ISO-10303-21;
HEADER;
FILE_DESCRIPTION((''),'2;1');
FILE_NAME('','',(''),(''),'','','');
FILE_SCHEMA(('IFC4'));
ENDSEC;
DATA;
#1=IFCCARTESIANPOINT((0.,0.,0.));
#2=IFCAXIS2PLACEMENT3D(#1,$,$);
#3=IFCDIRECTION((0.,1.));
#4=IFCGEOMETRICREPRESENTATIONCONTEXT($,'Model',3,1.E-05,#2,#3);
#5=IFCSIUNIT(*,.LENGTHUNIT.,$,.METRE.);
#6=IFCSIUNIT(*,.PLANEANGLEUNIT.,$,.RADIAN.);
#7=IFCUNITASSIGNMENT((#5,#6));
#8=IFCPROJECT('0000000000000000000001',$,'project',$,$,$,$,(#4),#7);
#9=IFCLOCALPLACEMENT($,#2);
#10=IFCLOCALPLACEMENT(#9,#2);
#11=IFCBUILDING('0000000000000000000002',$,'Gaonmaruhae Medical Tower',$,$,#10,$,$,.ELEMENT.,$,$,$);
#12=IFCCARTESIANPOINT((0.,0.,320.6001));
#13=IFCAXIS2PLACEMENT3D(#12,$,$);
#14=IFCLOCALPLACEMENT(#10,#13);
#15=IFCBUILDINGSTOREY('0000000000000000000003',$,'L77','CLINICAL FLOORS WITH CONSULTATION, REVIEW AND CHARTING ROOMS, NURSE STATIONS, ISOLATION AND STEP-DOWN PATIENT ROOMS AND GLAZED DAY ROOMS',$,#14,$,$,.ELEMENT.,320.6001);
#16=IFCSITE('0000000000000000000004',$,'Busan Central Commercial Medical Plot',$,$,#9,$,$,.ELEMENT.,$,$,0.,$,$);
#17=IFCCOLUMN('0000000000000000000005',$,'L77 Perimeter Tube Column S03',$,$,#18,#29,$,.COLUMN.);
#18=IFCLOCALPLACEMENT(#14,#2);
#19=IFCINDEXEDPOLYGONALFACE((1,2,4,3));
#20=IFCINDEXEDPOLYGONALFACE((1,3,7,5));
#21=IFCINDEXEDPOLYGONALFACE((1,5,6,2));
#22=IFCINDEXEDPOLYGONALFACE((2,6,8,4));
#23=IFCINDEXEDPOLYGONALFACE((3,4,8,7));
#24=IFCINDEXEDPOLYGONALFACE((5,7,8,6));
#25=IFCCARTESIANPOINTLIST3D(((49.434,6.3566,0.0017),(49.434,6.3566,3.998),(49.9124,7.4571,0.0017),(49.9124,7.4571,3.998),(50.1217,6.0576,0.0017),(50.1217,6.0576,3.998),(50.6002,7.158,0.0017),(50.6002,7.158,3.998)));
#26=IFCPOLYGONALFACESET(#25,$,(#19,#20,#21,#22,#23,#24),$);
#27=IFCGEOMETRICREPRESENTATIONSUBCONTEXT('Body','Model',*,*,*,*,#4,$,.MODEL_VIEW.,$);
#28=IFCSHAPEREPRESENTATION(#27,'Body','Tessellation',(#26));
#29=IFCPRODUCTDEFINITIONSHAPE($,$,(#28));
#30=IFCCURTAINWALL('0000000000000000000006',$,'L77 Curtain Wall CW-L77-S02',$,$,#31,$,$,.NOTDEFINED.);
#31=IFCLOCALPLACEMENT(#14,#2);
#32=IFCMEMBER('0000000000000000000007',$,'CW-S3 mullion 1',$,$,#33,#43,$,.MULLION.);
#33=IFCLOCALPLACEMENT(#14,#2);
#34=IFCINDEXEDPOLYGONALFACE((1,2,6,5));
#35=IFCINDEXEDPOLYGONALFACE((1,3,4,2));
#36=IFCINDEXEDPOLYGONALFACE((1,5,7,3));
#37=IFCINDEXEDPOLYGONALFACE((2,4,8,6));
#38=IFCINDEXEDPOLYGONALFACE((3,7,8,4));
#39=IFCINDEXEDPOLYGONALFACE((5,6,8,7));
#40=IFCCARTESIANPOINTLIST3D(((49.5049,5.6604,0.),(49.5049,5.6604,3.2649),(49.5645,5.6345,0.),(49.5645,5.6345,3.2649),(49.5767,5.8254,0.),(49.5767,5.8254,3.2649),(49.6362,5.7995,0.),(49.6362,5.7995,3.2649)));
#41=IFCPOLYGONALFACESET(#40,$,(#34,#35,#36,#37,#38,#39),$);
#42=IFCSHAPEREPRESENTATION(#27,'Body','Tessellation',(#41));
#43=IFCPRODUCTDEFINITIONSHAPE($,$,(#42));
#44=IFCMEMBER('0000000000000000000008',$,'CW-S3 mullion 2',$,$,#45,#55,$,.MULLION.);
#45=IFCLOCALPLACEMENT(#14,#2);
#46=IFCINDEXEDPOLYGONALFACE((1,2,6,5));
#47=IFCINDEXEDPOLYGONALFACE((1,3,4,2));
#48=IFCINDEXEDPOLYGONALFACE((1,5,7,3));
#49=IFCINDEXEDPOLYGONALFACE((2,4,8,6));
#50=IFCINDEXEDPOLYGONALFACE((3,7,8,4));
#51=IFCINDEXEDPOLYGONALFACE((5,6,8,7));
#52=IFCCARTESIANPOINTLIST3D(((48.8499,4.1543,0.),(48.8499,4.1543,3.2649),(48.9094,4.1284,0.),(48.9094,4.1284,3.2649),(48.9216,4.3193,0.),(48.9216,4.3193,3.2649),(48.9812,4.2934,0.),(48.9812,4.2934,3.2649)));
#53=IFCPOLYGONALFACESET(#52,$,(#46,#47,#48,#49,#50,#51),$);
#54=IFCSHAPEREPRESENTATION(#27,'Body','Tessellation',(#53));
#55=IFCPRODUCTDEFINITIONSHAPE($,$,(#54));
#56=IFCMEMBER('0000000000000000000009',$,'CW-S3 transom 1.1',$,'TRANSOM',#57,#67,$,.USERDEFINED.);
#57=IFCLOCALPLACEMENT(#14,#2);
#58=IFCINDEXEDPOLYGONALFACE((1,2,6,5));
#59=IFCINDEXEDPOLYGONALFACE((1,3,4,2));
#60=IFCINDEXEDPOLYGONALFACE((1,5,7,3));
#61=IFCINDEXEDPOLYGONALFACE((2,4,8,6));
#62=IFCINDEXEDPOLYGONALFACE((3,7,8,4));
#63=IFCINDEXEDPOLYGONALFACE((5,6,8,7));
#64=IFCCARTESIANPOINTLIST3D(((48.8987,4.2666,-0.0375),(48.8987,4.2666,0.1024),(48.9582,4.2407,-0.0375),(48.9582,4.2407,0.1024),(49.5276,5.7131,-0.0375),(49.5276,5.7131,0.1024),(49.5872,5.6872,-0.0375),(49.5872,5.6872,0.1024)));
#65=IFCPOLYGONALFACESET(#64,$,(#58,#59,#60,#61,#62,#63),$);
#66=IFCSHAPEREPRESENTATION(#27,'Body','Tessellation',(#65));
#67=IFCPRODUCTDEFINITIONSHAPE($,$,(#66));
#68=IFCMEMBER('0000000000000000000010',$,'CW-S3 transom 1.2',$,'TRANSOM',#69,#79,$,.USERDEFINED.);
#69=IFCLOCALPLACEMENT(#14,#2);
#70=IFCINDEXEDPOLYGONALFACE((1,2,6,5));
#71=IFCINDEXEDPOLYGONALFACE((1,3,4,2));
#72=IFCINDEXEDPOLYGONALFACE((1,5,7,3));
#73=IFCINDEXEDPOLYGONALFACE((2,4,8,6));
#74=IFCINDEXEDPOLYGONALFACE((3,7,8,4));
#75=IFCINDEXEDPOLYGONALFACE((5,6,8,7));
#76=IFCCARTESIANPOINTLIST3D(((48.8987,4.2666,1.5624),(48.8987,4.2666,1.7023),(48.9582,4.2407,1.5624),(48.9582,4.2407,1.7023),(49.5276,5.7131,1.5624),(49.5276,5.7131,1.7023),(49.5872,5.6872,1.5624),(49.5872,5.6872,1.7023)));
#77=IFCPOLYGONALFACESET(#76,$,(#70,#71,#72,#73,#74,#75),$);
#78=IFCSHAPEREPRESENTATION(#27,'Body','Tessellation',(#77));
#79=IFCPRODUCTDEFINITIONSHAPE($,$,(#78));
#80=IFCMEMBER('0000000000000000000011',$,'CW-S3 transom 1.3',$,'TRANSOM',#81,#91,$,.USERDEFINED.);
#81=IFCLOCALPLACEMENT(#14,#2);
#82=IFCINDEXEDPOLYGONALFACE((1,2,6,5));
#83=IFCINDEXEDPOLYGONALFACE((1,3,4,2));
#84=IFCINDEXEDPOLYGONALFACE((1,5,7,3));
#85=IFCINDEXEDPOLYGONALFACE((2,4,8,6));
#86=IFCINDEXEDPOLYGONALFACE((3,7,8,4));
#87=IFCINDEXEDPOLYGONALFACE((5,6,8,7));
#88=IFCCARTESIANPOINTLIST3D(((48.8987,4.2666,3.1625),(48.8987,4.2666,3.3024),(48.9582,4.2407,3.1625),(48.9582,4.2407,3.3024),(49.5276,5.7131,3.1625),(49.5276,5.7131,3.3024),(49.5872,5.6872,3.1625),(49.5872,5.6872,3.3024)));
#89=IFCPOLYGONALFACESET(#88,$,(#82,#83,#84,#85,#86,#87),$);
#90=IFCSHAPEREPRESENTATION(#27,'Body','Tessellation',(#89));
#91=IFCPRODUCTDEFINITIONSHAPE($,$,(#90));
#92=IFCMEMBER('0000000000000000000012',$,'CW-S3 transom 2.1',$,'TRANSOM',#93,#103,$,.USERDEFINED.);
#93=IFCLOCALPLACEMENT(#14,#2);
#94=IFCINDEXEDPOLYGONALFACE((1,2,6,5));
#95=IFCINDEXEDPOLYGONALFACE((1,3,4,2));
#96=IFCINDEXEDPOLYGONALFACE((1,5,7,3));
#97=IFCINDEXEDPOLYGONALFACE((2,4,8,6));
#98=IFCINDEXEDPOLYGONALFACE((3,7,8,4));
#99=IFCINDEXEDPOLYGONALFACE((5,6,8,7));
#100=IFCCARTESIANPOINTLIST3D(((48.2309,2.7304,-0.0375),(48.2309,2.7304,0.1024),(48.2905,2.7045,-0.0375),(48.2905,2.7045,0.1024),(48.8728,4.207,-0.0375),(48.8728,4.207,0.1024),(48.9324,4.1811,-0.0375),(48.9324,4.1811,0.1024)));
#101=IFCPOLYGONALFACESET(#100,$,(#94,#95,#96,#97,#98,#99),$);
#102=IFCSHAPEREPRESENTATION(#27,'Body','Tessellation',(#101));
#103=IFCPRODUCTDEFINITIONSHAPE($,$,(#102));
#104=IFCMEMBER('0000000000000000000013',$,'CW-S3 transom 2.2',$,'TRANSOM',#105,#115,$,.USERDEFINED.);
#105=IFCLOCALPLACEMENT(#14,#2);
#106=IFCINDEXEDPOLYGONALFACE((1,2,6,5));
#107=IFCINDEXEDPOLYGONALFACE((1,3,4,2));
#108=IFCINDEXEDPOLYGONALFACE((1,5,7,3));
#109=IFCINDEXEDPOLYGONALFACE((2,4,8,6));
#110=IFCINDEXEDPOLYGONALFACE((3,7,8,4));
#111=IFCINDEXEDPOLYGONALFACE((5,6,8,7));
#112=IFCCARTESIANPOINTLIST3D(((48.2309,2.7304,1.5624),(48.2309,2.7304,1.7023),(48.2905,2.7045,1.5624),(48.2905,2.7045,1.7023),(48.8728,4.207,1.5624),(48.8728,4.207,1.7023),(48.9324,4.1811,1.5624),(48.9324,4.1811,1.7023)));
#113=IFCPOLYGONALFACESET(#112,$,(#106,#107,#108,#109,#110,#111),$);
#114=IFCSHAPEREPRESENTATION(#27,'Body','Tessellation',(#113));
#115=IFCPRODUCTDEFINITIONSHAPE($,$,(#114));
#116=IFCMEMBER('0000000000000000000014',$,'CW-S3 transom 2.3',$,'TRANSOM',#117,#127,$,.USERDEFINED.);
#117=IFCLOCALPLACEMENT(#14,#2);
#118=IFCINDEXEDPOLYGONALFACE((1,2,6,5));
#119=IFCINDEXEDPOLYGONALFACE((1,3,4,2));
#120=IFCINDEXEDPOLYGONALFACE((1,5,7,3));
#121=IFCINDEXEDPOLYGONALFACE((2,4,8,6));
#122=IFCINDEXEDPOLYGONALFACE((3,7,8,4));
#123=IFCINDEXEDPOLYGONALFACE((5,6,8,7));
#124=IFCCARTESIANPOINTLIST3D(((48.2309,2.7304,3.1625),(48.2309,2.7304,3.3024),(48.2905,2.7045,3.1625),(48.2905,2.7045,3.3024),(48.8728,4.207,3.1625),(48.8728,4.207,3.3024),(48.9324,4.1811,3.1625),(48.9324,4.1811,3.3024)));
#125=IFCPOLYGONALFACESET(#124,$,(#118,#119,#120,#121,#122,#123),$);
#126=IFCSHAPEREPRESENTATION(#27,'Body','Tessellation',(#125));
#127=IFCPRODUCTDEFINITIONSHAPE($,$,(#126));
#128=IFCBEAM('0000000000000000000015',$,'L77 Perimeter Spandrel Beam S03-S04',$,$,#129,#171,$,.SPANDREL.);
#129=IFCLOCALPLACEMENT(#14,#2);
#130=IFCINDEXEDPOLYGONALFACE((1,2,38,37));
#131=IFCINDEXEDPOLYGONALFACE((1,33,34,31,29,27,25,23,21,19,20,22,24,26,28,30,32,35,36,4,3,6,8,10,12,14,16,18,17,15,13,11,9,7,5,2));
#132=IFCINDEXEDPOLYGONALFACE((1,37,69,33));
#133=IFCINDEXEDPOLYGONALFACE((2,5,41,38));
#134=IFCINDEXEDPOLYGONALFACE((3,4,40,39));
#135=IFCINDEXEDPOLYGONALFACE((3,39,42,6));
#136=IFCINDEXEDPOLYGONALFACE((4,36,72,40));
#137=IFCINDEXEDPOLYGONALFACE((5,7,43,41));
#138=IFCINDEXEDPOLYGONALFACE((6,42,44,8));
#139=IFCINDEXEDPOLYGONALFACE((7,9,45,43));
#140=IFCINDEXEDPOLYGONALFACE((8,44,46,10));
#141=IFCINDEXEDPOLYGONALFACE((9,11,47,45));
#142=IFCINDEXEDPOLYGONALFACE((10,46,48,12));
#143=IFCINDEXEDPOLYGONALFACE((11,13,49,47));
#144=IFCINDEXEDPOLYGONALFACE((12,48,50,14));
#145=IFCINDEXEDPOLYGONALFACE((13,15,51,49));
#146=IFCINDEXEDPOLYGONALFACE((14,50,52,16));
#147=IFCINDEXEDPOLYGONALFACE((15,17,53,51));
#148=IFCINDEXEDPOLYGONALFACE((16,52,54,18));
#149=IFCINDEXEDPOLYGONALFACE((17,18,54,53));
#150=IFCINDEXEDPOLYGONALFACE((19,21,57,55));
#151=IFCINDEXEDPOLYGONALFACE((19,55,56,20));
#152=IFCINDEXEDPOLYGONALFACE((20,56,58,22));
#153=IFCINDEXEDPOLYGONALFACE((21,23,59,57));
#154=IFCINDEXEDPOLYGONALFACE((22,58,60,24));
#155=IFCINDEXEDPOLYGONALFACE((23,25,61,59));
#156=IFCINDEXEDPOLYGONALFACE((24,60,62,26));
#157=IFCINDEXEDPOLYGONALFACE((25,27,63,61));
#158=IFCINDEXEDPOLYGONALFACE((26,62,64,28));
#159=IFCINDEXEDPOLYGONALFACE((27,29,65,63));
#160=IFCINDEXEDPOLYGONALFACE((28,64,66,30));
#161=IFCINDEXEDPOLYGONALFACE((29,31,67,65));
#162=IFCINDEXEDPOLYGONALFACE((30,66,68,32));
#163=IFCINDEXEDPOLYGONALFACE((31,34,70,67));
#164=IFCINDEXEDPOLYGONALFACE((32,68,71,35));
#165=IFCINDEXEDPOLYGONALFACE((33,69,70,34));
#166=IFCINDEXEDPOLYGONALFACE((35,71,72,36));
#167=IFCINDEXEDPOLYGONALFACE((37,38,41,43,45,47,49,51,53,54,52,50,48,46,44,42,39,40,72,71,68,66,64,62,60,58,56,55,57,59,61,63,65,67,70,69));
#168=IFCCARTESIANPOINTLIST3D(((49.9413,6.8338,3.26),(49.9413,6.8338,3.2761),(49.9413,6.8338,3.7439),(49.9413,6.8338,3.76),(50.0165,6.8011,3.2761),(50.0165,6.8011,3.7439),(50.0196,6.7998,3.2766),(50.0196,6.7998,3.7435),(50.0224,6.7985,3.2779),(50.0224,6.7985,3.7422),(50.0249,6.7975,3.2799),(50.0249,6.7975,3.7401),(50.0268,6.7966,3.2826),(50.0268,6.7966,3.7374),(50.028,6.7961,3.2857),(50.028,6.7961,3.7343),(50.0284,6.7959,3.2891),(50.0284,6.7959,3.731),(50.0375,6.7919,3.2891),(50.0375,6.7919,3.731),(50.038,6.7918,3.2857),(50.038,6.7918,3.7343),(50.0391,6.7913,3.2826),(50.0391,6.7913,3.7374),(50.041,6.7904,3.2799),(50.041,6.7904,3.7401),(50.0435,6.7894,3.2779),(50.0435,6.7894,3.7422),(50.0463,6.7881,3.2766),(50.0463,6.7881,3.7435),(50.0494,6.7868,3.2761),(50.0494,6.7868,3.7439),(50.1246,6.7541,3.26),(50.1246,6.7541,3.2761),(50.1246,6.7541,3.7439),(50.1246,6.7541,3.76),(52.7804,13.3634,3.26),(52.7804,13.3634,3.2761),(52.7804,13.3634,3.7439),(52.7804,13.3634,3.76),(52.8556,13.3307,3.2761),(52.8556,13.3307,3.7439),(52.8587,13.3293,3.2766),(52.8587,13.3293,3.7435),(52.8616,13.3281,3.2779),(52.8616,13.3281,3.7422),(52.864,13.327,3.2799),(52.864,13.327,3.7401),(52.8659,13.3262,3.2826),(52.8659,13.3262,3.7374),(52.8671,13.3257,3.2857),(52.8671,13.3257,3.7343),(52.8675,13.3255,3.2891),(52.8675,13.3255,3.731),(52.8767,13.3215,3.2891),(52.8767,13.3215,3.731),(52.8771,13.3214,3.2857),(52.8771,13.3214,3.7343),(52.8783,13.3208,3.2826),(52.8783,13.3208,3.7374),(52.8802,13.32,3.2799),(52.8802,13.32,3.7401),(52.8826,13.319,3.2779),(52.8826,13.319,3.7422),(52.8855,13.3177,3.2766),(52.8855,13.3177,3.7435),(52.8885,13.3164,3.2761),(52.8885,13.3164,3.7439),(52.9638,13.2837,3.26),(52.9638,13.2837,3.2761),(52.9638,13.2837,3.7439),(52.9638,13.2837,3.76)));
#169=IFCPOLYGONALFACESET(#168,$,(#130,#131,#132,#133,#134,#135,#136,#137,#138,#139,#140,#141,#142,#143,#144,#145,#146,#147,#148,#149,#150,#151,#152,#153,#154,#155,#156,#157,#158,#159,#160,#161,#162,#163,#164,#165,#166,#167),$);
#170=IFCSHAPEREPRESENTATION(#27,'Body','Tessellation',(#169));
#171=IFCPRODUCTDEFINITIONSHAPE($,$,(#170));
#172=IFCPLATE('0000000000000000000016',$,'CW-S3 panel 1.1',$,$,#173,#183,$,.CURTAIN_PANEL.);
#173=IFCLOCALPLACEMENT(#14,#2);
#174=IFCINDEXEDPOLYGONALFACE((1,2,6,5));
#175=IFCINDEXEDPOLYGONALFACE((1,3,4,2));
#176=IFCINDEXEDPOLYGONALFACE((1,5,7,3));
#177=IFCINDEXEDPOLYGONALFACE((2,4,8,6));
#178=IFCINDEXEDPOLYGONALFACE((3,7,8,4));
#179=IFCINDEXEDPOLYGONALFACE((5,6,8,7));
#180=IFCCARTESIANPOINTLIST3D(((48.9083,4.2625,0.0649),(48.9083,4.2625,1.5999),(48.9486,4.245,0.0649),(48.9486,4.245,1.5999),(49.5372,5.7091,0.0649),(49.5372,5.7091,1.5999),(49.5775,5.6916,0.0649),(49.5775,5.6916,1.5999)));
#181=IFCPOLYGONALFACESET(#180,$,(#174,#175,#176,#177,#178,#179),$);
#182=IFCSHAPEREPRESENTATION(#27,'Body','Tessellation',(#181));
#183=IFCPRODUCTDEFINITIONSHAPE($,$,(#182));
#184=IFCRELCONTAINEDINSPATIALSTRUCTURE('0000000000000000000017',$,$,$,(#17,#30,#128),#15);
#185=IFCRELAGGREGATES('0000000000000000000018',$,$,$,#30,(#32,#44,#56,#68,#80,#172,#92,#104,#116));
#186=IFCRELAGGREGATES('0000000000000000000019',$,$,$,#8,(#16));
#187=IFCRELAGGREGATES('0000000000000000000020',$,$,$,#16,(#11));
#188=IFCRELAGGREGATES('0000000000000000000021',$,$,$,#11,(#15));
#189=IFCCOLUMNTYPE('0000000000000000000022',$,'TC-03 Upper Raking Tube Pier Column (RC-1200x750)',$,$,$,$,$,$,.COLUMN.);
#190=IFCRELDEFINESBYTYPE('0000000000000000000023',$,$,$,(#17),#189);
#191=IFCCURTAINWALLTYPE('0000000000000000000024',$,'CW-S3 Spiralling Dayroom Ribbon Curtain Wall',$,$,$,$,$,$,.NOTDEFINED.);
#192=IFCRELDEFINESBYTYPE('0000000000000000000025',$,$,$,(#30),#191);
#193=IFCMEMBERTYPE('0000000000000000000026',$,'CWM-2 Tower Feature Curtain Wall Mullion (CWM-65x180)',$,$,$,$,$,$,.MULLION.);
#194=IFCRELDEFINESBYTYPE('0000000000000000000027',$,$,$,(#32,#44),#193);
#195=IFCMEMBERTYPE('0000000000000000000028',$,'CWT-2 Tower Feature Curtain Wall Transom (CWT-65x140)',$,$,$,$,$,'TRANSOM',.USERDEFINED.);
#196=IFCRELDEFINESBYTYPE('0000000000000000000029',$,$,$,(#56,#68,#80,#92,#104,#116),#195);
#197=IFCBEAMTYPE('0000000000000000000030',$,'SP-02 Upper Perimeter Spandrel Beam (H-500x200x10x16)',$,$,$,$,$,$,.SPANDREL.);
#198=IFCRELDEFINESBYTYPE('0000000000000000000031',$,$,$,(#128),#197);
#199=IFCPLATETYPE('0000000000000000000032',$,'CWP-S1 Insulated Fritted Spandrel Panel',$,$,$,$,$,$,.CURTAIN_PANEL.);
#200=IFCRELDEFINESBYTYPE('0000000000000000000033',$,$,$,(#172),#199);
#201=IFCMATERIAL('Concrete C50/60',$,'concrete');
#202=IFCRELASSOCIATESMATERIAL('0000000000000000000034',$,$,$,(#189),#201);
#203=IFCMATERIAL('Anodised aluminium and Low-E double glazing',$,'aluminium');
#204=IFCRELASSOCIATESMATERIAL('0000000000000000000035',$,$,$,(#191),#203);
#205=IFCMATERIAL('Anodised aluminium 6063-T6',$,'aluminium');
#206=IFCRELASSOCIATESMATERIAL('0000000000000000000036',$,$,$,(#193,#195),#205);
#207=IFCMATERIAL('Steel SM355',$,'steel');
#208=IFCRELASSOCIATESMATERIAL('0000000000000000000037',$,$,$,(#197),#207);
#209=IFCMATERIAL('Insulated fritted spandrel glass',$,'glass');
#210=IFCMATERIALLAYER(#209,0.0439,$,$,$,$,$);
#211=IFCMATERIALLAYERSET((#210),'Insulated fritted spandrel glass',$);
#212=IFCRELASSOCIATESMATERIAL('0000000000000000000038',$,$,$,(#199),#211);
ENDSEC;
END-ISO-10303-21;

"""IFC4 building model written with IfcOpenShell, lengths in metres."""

from ifc_helpers import new_model, si_unit, direction, frame, origin, origin_2d, place, context, subcontext, project, spatial, rectangle, i_section, extrude, material, layer, layer_set, material_profile, profile_set, type_object, element, aggregate, save


model = new_model("IFC4")

# Units and contexts
model_context = context("Model", 3, precision=1e-05, world=origin(), true_north=direction((0.0, 1.0)))
body_context = subcontext(model_context, "Body", "Model", "MODEL_VIEW")
ifc_project = project(units=[si_unit("LENGTHUNIT", "METRE"), si_unit("PLANEANGLEUNIT", "RADIAN")], contexts=[model_context])

# Site, building, storey
site_placement = place(None, origin())
site = spatial("IfcSite", under=ifc_project, at=site_placement, Name="Busan Central Commercial Medical Plot", CompositionType="ELEMENT", RefElevation=0.0)
building_placement = place(site_placement, origin())
building = spatial("IfcBuilding", under=site, at=building_placement, Name="Gaonmaruhae Medical Tower", CompositionType="ELEMENT")
storey_placement = place(building_placement, frame((0.0, 0.0, 320.6001)))
storey = spatial("IfcBuildingStorey", under=building, at=storey_placement, Name="L77", Description="CLINICAL FLOORS WITH CONSULTATION, REVIEW AND CHARTING ROOMS, NURSE STATIONS, ISOLATION AND STEP-DOWN PATIENT ROOMS AND GLAZED DAY ROOMS", CompositionType="ELEMENT", Elevation=320.6001)

# Column
ifc_material_1 = material(Name="Concrete C50/60", Category="concrete")
ifc_material_profile_1 = material_profile(ifc_material_1, rectangle(XDim=1.2, YDim=0.75, at=origin_2d()), Name="RC-1200x750")
ifc_profile_set_1 = profile_set([ifc_material_profile_1], Name="Concrete C50/60")
column_type = type_object("IfcColumnType", Name="TC-03 Upper Raking Tube Pier Column (RC-1200x750)", PredefinedType="COLUMN", material=ifc_profile_set_1)
column_placement = place(storey_placement, frame((50.0171, 6.7573, 0.0017), z_axis=(0.0, 0.0, 1.0), x_axis=(0.398749, 0.91706, 0.0)))
element("IfcColumn", 1, at=column_placement, inside=storey, type_object=column_type, Name="L77 Perimeter Tube Column S03", PredefinedType="COLUMN", context=body_context, shape_type="SweptSolid", body=[
    extrude(rectangle(XDim=1.2, YDim=0.75, at=origin_2d()), origin(), (0.0, 0.0, 1.0), 3.9963),
])

# Curtain wall, members
ifc_material_2 = material(Name="Anodised aluminium and Low-E double glazing", Category="aluminium")
curtain_wall_type = type_object("IfcCurtainWallType", Name="CW-S3 Spiralling Dayroom Ribbon Curtain Wall", PredefinedType="NOTDEFINED", material=ifc_material_2)
curtain_wall_placement = place(storey_placement, origin())
curtain_wall = element("IfcCurtainWall", 2, at=curtain_wall_placement, inside=storey, type_object=curtain_wall_type, Name="L77 Curtain Wall CW-L77-S02", PredefinedType="NOTDEFINED")
ifc_material_3 = material(Name="Anodised aluminium 6063-T6", Category="aluminium")
ifc_material_profile_2 = material_profile(ifc_material_3, rectangle(XDim=0.0649, YDim=0.1799, at=origin_2d()), Name="CWM-65x180")
ifc_profile_set_2 = profile_set([ifc_material_profile_2], Name="Anodised aluminium 6063-T6")
member_type_1 = type_object("IfcMemberType", Name="CWM-2 Tower Feature Curtain Wall Mullion (CWM-65x180)", PredefinedType="MULLION", material=ifc_profile_set_2)
member_1_placement = place(storey_placement, frame((49.5706, 5.73, 0.0), z_axis=(0.0, 0.0, 1.0), x_axis=(0.917068, -0.398732, 0.0)))
member_1 = element("IfcMember", 3, at=member_1_placement, type_object=member_type_1, Name="CW-S3 mullion 1", PredefinedType="MULLION", context=body_context, shape_type="SweptSolid", body=[
    extrude(rectangle(XDim=0.0649, YDim=0.1799, at=origin_2d()), origin(), (0.0, 0.0, 1.0), 3.2649),
])
member_2_placement = place(storey_placement, frame((48.9155, 4.2239, 0.0), z_axis=(0.0, 0.0, 1.0), x_axis=(0.917068, -0.398732, 0.0)))
member_2 = element("IfcMember", 4, at=member_2_placement, type_object=member_type_1, Name="CW-S3 mullion 2", PredefinedType="MULLION", context=body_context, shape_type="SweptSolid", body=[
    extrude(rectangle(XDim=0.0649, YDim=0.1799, at=origin_2d()), origin(), (0.0, 0.0, 1.0), 3.2649),
])
ifc_material_profile_3 = material_profile(ifc_material_3, rectangle(XDim=0.0649, YDim=0.1399, at=origin_2d()), Name="CWT-65x140")
ifc_profile_set_3 = profile_set([ifc_material_profile_3], Name="Anodised aluminium 6063-T6")
member_type_2 = type_object("IfcMemberType", Name="CWT-2 Tower Feature Curtain Wall Transom (CWT-65x140)", ElementType="TRANSOM", PredefinedType="USERDEFINED", material=ifc_profile_set_3)
member_3_placement = place(storey_placement, frame((49.5574, 5.7002, 0.0325), z_axis=(-0.398715, -0.917075, 0.0), x_axis=(0.917075, -0.398715, 0.0)))
member_3 = element("IfcMember", 5, at=member_3_placement, type_object=member_type_2, Name="CW-S3 transom 1.1", ObjectType="TRANSOM", PredefinedType="USERDEFINED", context=body_context, shape_type="SweptSolid", body=[
    extrude(rectangle(XDim=0.0649, YDim=0.1399, at=origin_2d()), origin(), (0.0, 0.0, 1.0), 1.5774),
])
member_4_placement = place(storey_placement, frame((49.5574, 5.7002, 1.6323), z_axis=(-0.398715, -0.917075, 0.0), x_axis=(0.917075, -0.398715, 0.0)))
member_4 = element("IfcMember", 6, at=member_4_placement, type_object=member_type_2, Name="CW-S3 transom 1.2", ObjectType="TRANSOM", PredefinedType="USERDEFINED", context=body_context, shape_type="SweptSolid", body=[
    extrude(rectangle(XDim=0.0649, YDim=0.1399, at=origin_2d()), origin(), (0.0, 0.0, 1.0), 1.5774),
])
member_5_placement = place(storey_placement, frame((49.5574, 5.7002, 3.2324), z_axis=(-0.398715, -0.917075, 0.0), x_axis=(0.917075, -0.398715, 0.0)))
member_5 = element("IfcMember", 7, at=member_5_placement, type_object=member_type_2, Name="CW-S3 transom 1.3", ObjectType="TRANSOM", PredefinedType="USERDEFINED", context=body_context, shape_type="SweptSolid", body=[
    extrude(rectangle(XDim=0.0649, YDim=0.1399, at=origin_2d()), origin(), (0.0, 0.0, 1.0), 1.5774),
])
member_6_placement = place(storey_placement, frame((48.9026, 4.1941, 0.0325), z_axis=(-0.398654, -0.917101, 0.0), x_axis=(0.917101, -0.398654, 0.0)))
member_6 = element("IfcMember", 8, at=member_6_placement, type_object=member_type_2, Name="CW-S3 transom 2.1", ObjectType="TRANSOM", PredefinedType="USERDEFINED", context=body_context, shape_type="SweptSolid", body=[
    extrude(rectangle(XDim=0.0649, YDim=0.1399, at=origin_2d()), origin(), (0.0, 0.0, 1.0), 1.6101),
])
member_7_placement = place(storey_placement, frame((48.9026, 4.1941, 1.6323), z_axis=(-0.398654, -0.917101, 0.0), x_axis=(0.917101, -0.398654, 0.0)))
member_7 = element("IfcMember", 9, at=member_7_placement, type_object=member_type_2, Name="CW-S3 transom 2.2", ObjectType="TRANSOM", PredefinedType="USERDEFINED", context=body_context, shape_type="SweptSolid", body=[
    extrude(rectangle(XDim=0.0649, YDim=0.1399, at=origin_2d()), origin(), (0.0, 0.0, 1.0), 1.6101),
])
member_8_placement = place(storey_placement, frame((48.9026, 4.1941, 3.2324), z_axis=(-0.398654, -0.917101, 0.0), x_axis=(0.917101, -0.398654, 0.0)))
member_8 = element("IfcMember", 10, at=member_8_placement, type_object=member_type_2, Name="CW-S3 transom 2.3", ObjectType="TRANSOM", PredefinedType="USERDEFINED", context=body_context, shape_type="SweptSolid", body=[
    extrude(rectangle(XDim=0.0649, YDim=0.1399, at=origin_2d()), origin(), (0.0, 0.0, 1.0), 1.6101),
])

# Beam
ifc_material_4 = material(Name="Steel SM355", Category="steel")
ifc_material_profile_4 = material_profile(ifc_material_4, i_section(OverallWidth=0.2, OverallDepth=0.5, WebThickness=0.01, FlangeThickness=0.0161, FilletRadius=0.0129, at=origin_2d()), Name="H-500x200x10x16")
ifc_profile_set_4 = profile_set([ifc_material_profile_4], Name="Steel SM355")
beam_type = type_object("IfcBeamType", Name="SP-02 Upper Perimeter Spandrel Beam (H-500x200x10x16)", PredefinedType="SPANDREL", material=ifc_profile_set_4)
beam_placement = place(storey_placement, frame((50.033, 6.7939, 3.51), z_axis=(0.398747, 0.917061, 0.0), x_axis=(-0.917061, 0.398747, 0.0)))
element("IfcBeam", 11, at=beam_placement, inside=storey, type_object=beam_type, Name="L77 Perimeter Spandrel Beam S03-S04", PredefinedType="SPANDREL", context=body_context, shape_type="SweptSolid", body=[
    extrude(i_section(OverallWidth=0.2, OverallDepth=0.5, WebThickness=0.01, FlangeThickness=0.0161, FilletRadius=0.0129, at=origin_2d()), origin(), (0.0, 0.0, 1.0), 7.1201),
])

# Plate
ifc_material_5 = material(Name="Insulated fritted spandrel glass", Category="glass")
ifc_layer_1 = layer(ifc_material_5, 0.0439)
ifc_layer_set_1 = layer_set([ifc_layer_1], Name="Insulated fritted spandrel glass")
plate_type_1 = type_object("IfcPlateType", Name="CWP-S1 Insulated Fritted Spandrel Panel", PredefinedType="CURTAIN_PANEL", material=ifc_layer_set_1)
plate_1_placement = place(storey_placement, frame((49.2429, 4.9771, 0.0649), z_axis=(0.0, 0.0, 1.0), x_axis=(-0.398732, -0.917068, 0.0)))
plate_1 = element("IfcPlate", 12, at=plate_1_placement, type_object=plate_type_1, Name="CW-S3 panel 1.1", PredefinedType="CURTAIN_PANEL", context=body_context, shape_type="SweptSolid", body=[
    extrude(rectangle(XDim=1.5774, YDim=0.0439, at=origin_2d()), origin(), (0.0, 0.0, 1.0), 1.5349),
])
aggregate(curtain_wall, [member_1, member_2, member_3, member_4, member_5, plate_1, member_6, member_7, member_8])

save(model, "model.ifc")
